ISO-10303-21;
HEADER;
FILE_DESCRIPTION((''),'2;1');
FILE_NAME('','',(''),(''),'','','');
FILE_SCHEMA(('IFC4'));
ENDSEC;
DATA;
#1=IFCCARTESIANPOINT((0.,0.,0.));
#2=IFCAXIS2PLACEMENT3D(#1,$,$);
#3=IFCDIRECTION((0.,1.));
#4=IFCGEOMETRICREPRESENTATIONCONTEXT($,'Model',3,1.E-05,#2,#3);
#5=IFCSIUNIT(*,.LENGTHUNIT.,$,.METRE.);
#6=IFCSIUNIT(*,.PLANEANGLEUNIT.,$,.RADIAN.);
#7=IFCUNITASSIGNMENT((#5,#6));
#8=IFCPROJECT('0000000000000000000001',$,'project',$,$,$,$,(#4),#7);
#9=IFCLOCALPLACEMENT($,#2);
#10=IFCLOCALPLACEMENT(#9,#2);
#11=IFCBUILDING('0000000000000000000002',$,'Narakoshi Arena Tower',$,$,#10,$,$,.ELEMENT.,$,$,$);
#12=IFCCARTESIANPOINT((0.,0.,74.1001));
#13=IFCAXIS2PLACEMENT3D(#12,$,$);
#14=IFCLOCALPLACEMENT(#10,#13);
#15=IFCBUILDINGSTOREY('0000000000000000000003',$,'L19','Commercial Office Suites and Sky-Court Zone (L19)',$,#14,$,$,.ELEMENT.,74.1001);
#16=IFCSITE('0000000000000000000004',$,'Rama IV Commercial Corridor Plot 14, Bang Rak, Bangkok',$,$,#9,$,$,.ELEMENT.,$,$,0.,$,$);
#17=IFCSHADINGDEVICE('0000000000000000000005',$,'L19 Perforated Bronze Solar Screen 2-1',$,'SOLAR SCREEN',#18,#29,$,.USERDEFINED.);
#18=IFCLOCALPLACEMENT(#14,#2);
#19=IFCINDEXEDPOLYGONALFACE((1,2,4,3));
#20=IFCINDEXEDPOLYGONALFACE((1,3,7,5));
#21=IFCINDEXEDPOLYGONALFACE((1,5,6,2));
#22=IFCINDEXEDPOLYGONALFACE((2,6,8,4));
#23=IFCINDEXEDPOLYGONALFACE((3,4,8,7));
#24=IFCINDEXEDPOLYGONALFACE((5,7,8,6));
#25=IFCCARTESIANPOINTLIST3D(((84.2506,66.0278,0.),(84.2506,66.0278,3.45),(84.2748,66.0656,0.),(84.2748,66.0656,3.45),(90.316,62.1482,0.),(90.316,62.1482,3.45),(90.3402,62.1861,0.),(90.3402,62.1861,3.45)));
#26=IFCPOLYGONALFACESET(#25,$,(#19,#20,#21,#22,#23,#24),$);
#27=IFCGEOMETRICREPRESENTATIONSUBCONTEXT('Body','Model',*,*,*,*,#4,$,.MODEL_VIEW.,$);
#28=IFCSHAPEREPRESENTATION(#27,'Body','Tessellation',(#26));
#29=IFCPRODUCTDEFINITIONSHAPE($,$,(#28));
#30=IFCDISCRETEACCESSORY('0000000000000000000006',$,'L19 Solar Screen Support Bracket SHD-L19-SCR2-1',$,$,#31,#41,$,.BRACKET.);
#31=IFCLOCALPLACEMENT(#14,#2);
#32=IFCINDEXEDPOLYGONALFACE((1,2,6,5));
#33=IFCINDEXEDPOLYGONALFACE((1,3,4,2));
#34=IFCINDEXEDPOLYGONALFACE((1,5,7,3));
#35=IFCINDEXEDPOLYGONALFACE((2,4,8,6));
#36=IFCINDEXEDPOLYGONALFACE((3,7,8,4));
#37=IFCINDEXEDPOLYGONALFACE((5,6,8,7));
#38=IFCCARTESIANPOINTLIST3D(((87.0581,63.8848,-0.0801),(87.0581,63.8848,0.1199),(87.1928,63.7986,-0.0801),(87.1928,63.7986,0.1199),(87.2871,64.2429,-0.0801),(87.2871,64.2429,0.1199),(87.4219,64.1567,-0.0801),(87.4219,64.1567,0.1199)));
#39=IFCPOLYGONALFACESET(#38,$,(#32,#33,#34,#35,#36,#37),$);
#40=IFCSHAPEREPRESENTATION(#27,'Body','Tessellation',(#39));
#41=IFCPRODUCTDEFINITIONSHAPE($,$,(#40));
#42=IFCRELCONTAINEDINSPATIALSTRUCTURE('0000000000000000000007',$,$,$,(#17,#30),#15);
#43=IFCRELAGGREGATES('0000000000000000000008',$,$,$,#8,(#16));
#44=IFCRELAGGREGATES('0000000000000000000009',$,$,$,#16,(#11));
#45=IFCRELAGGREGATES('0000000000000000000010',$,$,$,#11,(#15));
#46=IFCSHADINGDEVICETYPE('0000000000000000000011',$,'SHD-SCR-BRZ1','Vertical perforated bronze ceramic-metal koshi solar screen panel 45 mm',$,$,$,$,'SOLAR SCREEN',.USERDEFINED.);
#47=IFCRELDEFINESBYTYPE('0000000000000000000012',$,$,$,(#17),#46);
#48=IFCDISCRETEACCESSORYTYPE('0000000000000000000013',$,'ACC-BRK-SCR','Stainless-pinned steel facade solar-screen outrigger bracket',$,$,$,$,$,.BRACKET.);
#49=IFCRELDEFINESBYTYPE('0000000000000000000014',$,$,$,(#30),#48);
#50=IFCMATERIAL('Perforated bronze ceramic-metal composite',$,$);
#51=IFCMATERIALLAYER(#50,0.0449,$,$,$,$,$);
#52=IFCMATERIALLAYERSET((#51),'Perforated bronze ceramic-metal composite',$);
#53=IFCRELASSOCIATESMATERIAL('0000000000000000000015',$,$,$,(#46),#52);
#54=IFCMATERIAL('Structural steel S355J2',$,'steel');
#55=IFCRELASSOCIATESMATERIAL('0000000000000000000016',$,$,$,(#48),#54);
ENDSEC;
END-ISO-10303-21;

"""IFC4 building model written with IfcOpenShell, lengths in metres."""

from ifc_helpers import new_model, si_unit, direction, frame, origin, origin_2d, place, context, subcontext, project, spatial, rectangle, extrude, material, layer, layer_set, type_object, element, save


model = new_model("IFC4")

# Units and contexts
model_context = context("Model", 3, precision=1e-05, world=origin(), true_north=direction((0.0, 1.0)))
body_context = subcontext(model_context, "Body", "Model", "MODEL_VIEW")
ifc_project = project(units=[si_unit("LENGTHUNIT", "METRE"), si_unit("PLANEANGLEUNIT", "RADIAN")], contexts=[model_context])

# Site, building, storey
site_placement = place(None, origin())
site = spatial("IfcSite", under=ifc_project, at=site_placement, Name="Rama IV Commercial Corridor Plot 14, Bang Rak, Bangkok", CompositionType="ELEMENT", RefElevation=0.0)
building_placement = place(site_placement, origin())
building = spatial("IfcBuilding", under=site, at=building_placement, Name="Narakoshi Arena Tower", CompositionType="ELEMENT")
storey_placement = place(building_placement, frame((0.0, 0.0, 74.1001)))
storey = spatial("IfcBuildingStorey", under=building, at=storey_placement, Name="L19", Description="Commercial Office Suites and Sky-Court Zone (L19)", CompositionType="ELEMENT", Elevation=74.1001)

# Shared definitions
ifc_material_1 = material(Name="Structural steel S355J2", Category="steel")

# Shading device
ifc_material_2 = material(Name="Perforated bronze ceramic-metal composite")
ifc_layer_1 = layer(ifc_material_2, 0.0449)
ifc_layer_set_1 = layer_set([ifc_layer_1], Name="Perforated bronze ceramic-metal composite")
shading_device_type = type_object("IfcShadingDeviceType", Name="SHD-SCR-BRZ1", Description="Vertical perforated bronze ceramic-metal koshi solar screen panel 45 mm", ElementType="SOLAR SCREEN", PredefinedType="USERDEFINED", material=ifc_layer_set_1)
shading_device_placement = place(storey_placement, frame((87.2954, 64.1069, 0.0), z_axis=(0.0, 0.0, 1.0), x_axis=(-0.842415, 0.53883, 0.0)))
element("IfcShadingDevice", 1, at=shading_device_placement, inside=storey, type_object=shading_device_type, Name="L19 Perforated Bronze Solar Screen 2-1", ObjectType="SOLAR SCREEN", PredefinedType="USERDEFINED", context=body_context, shape_type="SweptSolid", body=[
    extrude(rectangle(XDim=7.2, YDim=0.0449, at=origin_2d()), origin(), (0.0, 0.0, 1.0), 3.45),
])

# Discrete accessory
discrete_accessory_type = type_object("IfcDiscreteAccessoryType", Name="ACC-BRK-SCR", Description="Stainless-pinned steel facade solar-screen outrigger bracket", PredefinedType="BRACKET", material=ifc_material_1)
discrete_accessory_placement = place(storey_placement, frame((87.24, 64.0208, -0.0801), z_axis=(0.0, 0.0, 1.0), x_axis=(-0.842415, 0.53883, 0.0)))
element("IfcDiscreteAccessory", 2, at=discrete_accessory_placement, inside=storey, type_object=discrete_accessory_type, Name="L19 Solar Screen Support Bracket SHD-L19-SCR2-1", PredefinedType="BRACKET", context=body_context, shape_type="SweptSolid", body=[
    extrude(rectangle(XDim=0.1599, YDim=0.425, at=origin_2d()), origin(), (0.0, 0.0, 1.0), 0.2),
])

save(model, "model.ifc")
